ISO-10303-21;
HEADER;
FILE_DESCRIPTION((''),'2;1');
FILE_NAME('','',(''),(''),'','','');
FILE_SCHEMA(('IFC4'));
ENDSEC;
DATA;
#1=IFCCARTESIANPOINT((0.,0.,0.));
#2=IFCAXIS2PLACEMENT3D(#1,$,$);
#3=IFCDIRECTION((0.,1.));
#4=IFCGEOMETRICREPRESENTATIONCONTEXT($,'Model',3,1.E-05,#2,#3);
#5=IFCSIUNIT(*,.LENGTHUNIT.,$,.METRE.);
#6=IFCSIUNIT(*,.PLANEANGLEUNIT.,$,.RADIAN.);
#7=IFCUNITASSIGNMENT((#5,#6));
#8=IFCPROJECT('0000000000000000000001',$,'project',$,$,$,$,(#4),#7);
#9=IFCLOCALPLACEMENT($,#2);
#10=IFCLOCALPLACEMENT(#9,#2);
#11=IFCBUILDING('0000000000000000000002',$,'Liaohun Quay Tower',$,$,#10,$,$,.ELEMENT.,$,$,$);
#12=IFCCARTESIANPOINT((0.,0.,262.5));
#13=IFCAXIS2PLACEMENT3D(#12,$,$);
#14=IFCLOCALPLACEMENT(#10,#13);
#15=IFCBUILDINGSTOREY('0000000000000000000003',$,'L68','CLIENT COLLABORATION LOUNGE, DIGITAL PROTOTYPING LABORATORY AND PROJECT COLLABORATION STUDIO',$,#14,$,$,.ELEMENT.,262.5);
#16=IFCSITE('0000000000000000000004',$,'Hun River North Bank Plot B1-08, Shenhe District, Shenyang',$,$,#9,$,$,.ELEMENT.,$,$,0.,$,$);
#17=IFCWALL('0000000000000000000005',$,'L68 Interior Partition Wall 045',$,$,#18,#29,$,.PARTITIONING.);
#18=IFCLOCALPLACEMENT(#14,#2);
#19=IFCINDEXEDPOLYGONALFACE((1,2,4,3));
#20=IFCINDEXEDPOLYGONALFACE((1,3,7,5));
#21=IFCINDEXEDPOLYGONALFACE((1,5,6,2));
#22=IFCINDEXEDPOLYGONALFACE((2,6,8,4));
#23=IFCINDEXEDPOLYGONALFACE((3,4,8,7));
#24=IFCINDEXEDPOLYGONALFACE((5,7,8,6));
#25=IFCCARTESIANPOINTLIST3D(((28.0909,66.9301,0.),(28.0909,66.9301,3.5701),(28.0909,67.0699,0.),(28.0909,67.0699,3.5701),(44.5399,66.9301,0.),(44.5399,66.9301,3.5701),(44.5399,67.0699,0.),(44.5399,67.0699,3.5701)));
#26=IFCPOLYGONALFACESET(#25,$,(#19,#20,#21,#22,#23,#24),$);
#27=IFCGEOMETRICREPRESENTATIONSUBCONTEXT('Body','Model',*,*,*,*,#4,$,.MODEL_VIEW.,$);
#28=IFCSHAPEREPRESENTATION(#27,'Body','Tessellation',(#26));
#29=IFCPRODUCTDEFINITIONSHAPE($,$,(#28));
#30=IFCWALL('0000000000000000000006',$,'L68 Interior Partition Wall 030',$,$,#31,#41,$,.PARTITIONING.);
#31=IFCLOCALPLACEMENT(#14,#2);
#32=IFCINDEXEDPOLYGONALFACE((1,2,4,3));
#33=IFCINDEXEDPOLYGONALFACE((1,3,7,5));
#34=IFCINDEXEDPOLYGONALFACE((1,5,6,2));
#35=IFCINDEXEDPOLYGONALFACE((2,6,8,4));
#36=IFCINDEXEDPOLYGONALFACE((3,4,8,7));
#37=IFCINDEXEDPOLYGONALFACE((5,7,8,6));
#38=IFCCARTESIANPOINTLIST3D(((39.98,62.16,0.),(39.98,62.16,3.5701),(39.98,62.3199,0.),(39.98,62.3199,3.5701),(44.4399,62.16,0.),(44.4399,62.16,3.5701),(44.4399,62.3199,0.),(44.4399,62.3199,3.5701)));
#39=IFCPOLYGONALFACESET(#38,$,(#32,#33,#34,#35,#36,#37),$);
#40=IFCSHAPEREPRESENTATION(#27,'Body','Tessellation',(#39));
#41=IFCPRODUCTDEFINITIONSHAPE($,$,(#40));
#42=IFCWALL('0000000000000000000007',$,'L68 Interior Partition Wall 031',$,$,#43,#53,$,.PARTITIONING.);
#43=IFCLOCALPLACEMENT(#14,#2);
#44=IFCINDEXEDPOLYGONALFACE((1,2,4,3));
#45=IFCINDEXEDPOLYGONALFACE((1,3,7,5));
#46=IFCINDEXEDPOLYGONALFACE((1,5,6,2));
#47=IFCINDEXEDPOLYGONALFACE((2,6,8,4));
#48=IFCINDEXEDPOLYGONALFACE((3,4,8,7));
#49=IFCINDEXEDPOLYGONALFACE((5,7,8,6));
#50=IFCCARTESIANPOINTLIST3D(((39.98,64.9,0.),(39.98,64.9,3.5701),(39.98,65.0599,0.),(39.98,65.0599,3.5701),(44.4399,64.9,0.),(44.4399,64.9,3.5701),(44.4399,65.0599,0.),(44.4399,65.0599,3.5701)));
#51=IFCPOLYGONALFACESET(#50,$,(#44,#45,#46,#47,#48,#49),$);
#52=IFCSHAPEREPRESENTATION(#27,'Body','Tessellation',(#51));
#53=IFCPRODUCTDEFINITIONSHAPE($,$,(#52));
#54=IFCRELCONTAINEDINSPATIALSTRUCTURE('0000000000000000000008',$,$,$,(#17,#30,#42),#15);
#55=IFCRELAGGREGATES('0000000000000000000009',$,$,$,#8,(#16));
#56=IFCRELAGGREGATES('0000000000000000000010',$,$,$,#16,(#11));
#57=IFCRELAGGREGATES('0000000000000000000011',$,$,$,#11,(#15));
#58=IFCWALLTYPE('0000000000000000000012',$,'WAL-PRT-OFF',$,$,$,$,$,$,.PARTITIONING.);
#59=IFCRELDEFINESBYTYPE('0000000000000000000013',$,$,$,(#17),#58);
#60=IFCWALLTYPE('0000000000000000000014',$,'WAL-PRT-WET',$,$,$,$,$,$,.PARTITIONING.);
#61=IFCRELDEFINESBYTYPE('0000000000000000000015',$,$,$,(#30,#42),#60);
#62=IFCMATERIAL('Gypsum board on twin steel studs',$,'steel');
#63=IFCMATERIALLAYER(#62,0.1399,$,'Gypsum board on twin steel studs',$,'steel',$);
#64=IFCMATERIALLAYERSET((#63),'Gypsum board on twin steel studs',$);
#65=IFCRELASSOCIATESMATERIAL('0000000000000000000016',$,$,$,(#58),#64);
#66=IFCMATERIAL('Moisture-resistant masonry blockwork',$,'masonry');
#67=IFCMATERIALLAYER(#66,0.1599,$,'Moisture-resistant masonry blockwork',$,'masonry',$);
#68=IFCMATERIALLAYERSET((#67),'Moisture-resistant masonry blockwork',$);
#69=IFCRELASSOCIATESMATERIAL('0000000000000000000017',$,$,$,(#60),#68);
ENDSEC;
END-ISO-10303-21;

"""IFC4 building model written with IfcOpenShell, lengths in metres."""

from ifc_helpers import new_model, si_unit, direction, frame, frame_2d, origin, place, context, subcontext, project, spatial, rectangle, extrude, material, layer, layer_set, type_object, element, save


model = new_model("IFC4")

# Units and contexts
model_context = context("Model", 3, precision=1e-05, world=origin(), true_north=direction((0.0, 1.0)))
body_context = subcontext(model_context, "Body", "Model", "MODEL_VIEW")
ifc_project = project(units=[si_unit("LENGTHUNIT", "METRE"), si_unit("PLANEANGLEUNIT", "RADIAN")], contexts=[model_context])

# Site, building, storey
site_placement = place(None, origin())
site = spatial("IfcSite", under=ifc_project, at=site_placement, Name="Hun River North Bank Plot B1-08, Shenhe District, Shenyang", CompositionType="ELEMENT", RefElevation=0.0)
building_placement = place(site_placement, origin())
building = spatial("IfcBuilding", under=site, at=building_placement, Name="Liaohun Quay Tower", CompositionType="ELEMENT")
storey_placement = place(building_placement, frame((0.0, 0.0, 262.5)))
storey = spatial("IfcBuildingStorey", under=building, at=storey_placement, Name="L68", Description="CLIENT COLLABORATION LOUNGE, DIGITAL PROTOTYPING LABORATORY AND PROJECT COLLABORATION STUDIO", CompositionType="ELEMENT", Elevation=262.5)

# Wall
ifc_material_1 = material(Name="Gypsum board on twin steel studs", Category="steel")
ifc_layer_1 = layer(ifc_material_1, 0.1399, Name="Gypsum board on twin steel studs", Category="steel")
ifc_layer_set_1 = layer_set([ifc_layer_1], Name="Gypsum board on twin steel studs")
wall_type_1 = type_object("IfcWallType", Name="WAL-PRT-OFF", PredefinedType="PARTITIONING", material=ifc_layer_set_1)
wall_1_placement = place(storey_placement, frame((44.54, 67.0, 0.0), z_axis=(0.0, 0.0, 1.0), x_axis=(-1.0, 0.0, 0.0)))
element("IfcWall", 1, at=wall_1_placement, inside=storey, type_object=wall_type_1, Name="L68 Interior Partition Wall 045", PredefinedType="PARTITIONING", context=body_context, shape_type="SweptSolid", body=[
    extrude(rectangle(XDim=16.449, YDim=0.1399, at=frame_2d((8.2246, 0.0))), origin(), (0.0, 0.0, 1.0), 3.5701),
])

# Shared definitions
ifc_material_2 = material(Name="Moisture-resistant masonry blockwork", Category="masonry")
ifc_layer_2 = layer(ifc_material_2, 0.1599, Name="Moisture-resistant masonry blockwork", Category="masonry")
ifc_layer_set_2 = layer_set([ifc_layer_2], Name="Moisture-resistant masonry blockwork")
wall_type_2 = type_object("IfcWallType", Name="WAL-PRT-WET", PredefinedType="PARTITIONING", material=ifc_layer_set_2)

# Walls
for number, where, z_axis, x_axis, name in (
    (2, (39.98, 62.24, 0.0), (0.0, 0.0, 1.0), (1.0, 0.0, 0.0), "L68 Interior Partition Wall 030"),
    (3, (39.98, 64.98, 0.0), (0.0, 0.0, 1.0), (1.0, 0.0, 0.0), "L68 Interior Partition Wall 031"),
):
    element("IfcWall", number, at=place(storey_placement, frame(where, z_axis=z_axis, x_axis=x_axis)), inside=storey, type_object=wall_type_2, Name=name, PredefinedType="PARTITIONING", context=body_context, shape_type="SweptSolid", body=[
        extrude(rectangle(XDim=4.46, YDim=0.1599, at=frame_2d((2.23, 0.0))), origin(), (0.0, 0.0, 1.0), 3.5701),
    ])

save(model, "model.ifc")
